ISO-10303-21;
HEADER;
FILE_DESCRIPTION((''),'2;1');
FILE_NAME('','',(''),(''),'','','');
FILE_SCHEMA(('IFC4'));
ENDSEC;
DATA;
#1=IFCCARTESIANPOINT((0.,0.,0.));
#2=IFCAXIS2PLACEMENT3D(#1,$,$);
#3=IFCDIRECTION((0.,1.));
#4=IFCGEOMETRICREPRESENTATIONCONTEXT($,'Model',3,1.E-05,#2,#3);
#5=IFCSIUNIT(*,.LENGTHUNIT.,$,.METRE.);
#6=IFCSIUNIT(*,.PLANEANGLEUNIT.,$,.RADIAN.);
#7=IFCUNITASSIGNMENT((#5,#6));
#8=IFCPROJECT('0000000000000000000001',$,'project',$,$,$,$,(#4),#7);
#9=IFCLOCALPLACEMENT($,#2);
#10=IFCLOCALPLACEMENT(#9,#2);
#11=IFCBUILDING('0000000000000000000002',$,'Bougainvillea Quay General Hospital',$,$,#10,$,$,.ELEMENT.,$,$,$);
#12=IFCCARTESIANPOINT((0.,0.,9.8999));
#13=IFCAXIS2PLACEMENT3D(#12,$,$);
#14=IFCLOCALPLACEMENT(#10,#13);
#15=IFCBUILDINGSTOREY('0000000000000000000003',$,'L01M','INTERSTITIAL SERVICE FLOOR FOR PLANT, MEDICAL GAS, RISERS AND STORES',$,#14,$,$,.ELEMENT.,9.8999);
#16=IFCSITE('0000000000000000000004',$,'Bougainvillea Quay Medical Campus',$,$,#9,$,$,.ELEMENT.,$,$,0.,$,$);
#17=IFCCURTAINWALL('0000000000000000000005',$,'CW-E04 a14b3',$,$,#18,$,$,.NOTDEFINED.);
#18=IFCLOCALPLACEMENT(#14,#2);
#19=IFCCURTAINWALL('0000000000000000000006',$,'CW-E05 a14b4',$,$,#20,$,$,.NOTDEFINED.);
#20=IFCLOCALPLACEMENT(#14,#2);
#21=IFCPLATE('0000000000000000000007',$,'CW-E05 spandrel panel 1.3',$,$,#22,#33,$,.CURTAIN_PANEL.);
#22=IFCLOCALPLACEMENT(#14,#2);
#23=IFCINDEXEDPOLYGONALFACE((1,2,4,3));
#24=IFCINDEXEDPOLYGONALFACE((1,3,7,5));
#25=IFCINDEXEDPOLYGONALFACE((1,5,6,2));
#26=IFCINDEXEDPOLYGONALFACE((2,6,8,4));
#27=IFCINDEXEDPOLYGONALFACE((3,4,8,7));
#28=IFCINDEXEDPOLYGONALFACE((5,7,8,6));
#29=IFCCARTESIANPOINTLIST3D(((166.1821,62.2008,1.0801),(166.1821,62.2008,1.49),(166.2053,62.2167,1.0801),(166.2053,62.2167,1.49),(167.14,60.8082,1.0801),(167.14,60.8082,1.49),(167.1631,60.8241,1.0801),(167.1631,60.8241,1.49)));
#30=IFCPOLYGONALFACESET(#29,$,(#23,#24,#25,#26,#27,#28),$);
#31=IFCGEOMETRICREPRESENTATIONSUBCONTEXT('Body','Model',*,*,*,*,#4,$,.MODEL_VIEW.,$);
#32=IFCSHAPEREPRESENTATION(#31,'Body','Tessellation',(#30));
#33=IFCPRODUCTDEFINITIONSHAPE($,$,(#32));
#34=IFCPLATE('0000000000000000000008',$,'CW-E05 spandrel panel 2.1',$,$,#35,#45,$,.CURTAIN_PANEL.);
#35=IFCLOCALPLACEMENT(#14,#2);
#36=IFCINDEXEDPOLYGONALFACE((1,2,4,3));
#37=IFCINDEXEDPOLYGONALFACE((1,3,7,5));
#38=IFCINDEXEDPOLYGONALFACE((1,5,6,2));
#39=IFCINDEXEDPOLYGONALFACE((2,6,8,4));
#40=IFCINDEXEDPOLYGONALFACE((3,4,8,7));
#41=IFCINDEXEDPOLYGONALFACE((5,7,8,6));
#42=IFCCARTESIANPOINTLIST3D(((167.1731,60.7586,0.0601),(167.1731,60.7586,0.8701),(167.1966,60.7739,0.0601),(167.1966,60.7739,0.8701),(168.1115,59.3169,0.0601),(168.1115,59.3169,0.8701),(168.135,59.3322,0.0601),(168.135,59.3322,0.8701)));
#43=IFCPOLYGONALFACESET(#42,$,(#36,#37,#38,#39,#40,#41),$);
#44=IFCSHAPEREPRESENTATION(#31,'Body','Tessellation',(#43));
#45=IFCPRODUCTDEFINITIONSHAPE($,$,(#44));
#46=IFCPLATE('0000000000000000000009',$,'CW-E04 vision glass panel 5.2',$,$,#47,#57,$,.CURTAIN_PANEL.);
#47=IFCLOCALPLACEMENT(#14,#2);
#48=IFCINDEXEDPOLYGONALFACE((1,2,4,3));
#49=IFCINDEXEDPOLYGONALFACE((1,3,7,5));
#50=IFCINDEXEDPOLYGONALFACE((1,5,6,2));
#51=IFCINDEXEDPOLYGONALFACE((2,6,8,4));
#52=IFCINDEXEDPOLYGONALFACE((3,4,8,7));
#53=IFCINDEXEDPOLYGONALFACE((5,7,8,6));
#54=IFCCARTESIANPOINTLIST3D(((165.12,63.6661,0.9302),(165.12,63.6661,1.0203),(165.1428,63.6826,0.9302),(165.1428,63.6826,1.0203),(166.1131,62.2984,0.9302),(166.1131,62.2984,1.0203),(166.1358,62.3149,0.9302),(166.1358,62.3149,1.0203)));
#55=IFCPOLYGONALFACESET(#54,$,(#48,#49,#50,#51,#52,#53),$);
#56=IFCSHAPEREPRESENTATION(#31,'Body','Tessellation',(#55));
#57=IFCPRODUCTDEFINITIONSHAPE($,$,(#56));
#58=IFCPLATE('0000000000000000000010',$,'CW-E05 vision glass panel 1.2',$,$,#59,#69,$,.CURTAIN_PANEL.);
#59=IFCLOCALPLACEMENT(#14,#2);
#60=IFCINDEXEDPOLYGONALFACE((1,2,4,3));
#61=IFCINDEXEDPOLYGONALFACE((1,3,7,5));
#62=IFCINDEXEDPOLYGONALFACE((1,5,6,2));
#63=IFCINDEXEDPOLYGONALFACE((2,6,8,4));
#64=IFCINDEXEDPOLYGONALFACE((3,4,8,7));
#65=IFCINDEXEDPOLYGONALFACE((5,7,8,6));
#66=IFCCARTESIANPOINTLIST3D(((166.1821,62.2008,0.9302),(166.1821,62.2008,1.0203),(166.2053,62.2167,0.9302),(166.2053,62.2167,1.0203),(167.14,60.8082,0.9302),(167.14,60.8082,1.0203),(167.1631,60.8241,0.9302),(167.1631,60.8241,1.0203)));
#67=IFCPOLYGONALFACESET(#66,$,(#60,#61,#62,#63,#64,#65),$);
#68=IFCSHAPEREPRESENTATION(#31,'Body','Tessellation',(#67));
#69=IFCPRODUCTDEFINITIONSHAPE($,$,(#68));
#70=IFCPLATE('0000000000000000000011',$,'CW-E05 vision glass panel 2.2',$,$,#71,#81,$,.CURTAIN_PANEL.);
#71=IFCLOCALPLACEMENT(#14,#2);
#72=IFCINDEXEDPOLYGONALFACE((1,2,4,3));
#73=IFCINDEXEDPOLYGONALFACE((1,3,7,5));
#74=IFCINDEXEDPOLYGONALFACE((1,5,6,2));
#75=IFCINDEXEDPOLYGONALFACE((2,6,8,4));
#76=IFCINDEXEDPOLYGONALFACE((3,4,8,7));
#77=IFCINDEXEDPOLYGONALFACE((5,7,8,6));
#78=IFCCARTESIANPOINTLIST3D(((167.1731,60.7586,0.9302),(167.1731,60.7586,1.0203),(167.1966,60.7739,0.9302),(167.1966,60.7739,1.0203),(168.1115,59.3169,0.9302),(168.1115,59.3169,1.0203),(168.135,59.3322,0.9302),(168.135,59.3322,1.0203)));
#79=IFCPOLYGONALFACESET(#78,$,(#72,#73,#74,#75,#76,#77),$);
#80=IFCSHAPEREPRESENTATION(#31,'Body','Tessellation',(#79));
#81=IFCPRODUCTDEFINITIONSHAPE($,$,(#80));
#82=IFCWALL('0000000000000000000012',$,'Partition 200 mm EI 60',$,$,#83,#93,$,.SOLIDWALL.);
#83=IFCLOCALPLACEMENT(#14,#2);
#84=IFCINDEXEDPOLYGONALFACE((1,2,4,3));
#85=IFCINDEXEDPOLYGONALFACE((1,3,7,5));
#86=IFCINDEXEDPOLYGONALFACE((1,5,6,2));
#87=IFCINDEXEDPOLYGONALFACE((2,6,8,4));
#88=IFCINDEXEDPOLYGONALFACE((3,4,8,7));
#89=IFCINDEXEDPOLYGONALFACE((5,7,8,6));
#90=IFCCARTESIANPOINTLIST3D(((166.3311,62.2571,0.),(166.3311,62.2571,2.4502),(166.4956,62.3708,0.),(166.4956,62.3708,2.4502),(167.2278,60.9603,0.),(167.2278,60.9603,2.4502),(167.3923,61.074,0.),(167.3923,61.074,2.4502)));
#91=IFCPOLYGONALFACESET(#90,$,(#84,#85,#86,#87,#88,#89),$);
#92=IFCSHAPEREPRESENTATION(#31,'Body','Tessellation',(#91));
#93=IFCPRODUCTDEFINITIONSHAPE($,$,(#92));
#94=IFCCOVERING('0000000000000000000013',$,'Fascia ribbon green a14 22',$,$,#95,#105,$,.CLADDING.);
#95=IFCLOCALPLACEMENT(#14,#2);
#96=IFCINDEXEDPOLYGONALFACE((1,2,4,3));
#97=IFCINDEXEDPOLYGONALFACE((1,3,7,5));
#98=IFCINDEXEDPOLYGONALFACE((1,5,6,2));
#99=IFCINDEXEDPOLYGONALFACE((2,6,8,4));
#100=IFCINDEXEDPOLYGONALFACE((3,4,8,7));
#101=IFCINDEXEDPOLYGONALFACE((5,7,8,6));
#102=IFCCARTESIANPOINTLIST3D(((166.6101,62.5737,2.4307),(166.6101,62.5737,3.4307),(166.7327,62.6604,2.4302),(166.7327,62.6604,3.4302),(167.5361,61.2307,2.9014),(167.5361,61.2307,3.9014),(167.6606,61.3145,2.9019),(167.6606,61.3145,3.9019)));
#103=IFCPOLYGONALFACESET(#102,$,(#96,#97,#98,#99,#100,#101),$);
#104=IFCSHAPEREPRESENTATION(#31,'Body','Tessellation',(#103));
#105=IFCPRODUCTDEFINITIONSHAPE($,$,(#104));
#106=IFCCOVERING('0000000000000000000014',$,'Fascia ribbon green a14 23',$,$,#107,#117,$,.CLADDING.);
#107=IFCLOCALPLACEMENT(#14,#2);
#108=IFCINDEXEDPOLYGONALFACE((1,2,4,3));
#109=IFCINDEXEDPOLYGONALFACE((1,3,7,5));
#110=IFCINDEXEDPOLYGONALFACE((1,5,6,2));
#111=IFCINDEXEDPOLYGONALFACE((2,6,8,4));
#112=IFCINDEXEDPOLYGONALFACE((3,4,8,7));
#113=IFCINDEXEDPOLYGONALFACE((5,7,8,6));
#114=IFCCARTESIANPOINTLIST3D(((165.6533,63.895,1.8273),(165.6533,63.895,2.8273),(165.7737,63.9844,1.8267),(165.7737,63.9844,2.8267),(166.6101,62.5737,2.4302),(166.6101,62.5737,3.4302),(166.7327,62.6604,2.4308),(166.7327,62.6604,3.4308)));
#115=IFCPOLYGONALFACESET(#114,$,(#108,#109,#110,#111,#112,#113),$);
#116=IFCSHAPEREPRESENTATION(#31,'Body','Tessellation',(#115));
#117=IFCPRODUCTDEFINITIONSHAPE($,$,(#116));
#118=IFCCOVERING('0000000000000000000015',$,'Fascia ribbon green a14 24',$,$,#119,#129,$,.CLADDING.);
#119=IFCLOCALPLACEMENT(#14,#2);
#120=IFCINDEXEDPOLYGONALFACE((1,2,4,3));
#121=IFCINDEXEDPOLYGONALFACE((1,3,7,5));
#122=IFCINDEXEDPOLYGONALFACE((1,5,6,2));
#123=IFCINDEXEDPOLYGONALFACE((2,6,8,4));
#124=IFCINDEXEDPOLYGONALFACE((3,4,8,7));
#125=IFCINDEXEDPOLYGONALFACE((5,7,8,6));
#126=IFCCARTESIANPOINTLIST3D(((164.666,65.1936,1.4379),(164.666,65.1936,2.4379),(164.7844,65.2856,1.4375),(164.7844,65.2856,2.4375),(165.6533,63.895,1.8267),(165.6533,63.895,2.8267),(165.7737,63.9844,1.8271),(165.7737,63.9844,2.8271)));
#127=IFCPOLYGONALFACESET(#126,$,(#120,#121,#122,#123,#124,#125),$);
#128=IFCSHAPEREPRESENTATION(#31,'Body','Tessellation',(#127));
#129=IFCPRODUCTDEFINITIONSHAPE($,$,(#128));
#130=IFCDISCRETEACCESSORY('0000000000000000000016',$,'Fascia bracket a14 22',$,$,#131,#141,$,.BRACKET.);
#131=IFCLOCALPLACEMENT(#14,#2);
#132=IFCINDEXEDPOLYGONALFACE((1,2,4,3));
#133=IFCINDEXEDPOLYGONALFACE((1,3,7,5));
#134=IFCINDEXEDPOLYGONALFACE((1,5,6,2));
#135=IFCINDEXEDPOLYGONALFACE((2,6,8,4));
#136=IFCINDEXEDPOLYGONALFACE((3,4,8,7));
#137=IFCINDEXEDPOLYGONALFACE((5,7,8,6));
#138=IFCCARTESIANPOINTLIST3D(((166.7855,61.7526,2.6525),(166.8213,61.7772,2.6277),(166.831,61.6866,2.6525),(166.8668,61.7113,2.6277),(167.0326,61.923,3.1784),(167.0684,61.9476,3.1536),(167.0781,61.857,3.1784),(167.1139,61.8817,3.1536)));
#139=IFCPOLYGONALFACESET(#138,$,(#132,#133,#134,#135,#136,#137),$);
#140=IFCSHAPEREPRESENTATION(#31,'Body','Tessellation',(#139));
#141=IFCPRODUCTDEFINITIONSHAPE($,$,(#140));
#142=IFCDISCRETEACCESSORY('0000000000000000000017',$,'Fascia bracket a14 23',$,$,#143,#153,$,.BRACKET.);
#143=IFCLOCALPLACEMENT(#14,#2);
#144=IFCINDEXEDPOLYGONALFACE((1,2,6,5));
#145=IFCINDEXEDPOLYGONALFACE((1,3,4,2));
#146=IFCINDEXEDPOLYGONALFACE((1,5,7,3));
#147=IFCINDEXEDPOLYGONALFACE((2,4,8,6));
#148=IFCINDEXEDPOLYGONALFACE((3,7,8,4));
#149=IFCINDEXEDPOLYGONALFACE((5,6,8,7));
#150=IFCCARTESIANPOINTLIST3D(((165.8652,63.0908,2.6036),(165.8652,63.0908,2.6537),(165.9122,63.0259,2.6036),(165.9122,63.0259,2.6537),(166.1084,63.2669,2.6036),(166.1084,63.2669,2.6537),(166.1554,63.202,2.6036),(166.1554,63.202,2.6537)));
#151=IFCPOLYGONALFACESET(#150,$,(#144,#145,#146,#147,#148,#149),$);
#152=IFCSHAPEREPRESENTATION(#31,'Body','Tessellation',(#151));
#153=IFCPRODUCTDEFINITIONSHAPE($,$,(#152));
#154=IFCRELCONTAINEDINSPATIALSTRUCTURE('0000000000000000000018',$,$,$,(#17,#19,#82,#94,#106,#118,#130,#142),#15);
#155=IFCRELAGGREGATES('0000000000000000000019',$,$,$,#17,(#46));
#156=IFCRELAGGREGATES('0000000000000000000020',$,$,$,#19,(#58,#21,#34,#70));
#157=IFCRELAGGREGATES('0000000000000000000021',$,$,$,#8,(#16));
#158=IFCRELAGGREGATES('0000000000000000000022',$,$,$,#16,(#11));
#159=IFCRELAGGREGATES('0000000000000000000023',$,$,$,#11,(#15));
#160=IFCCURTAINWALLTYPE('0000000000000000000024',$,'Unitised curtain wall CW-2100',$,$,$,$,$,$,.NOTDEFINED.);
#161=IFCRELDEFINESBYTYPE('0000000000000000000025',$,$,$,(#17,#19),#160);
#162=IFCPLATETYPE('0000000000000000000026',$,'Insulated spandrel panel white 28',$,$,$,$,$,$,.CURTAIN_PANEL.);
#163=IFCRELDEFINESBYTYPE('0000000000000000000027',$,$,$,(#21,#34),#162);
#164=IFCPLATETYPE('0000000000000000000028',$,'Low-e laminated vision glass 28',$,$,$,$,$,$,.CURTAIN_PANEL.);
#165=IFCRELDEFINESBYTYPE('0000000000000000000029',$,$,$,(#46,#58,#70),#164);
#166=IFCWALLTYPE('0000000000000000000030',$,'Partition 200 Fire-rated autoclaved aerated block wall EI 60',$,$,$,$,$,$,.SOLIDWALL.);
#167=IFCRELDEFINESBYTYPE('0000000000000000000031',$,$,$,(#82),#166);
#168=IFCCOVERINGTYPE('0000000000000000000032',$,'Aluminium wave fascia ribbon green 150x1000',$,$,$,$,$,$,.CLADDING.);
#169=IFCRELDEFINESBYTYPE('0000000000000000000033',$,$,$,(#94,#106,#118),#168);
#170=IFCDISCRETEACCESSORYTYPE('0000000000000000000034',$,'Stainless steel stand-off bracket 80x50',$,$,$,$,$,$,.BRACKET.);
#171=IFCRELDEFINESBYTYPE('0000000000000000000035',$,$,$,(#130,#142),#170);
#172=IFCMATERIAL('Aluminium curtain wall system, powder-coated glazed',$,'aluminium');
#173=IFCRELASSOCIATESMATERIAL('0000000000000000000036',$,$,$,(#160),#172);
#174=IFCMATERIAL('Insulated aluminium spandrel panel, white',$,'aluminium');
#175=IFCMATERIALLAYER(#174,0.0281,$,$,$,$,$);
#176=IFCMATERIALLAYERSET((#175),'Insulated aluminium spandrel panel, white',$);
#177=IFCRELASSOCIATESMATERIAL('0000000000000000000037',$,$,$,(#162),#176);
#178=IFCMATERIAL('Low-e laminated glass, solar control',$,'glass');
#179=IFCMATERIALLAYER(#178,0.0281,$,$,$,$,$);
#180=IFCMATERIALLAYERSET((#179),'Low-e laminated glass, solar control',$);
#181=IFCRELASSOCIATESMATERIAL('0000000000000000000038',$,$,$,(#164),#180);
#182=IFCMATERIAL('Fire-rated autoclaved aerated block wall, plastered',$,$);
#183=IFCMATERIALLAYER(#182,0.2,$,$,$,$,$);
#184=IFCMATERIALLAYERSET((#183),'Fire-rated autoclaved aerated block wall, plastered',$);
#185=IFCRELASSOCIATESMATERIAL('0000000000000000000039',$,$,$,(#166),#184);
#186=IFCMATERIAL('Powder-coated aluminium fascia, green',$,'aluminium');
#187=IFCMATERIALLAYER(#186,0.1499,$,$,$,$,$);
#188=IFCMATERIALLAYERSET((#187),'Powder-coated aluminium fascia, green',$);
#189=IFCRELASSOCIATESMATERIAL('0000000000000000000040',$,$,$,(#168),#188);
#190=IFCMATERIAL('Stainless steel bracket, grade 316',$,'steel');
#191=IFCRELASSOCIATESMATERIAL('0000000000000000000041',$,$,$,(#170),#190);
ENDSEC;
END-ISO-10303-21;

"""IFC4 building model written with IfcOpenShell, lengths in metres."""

from ifc_helpers import new_model, si_unit, direction, frame, frame_2d, origin, origin_2d, place, context, subcontext, project, spatial, polyline, rectangle, outline, extrude, material, layer, layer_set, material_profile, profile_set, type_object, element, aggregate, save


model = new_model("IFC4")

# Units and contexts
model_context = context("Model", 3, precision=1e-05, world=origin(), true_north=direction((0.0, 1.0)))
body_context = subcontext(model_context, "Body", "Model", "MODEL_VIEW")
ifc_project = project(units=[si_unit("LENGTHUNIT", "METRE"), si_unit("PLANEANGLEUNIT", "RADIAN")], contexts=[model_context])

# Site, building, storey
site_placement = place(None, origin())
site = spatial("IfcSite", under=ifc_project, at=site_placement, Name="Bougainvillea Quay Medical Campus", CompositionType="ELEMENT", RefElevation=0.0)
building_placement = place(site_placement, origin())
building = spatial("IfcBuilding", under=site, at=building_placement, Name="Bougainvillea Quay General Hospital", CompositionType="ELEMENT")
storey_placement = place(building_placement, frame((0.0, 0.0, 9.8999)))
storey = spatial("IfcBuildingStorey", under=building, at=storey_placement, Name="L01M", Description="INTERSTITIAL SERVICE FLOOR FOR PLANT, MEDICAL GAS, RISERS AND STORES", CompositionType="ELEMENT", Elevation=9.8999)

# Curtain wall
ifc_material_1 = material(Name="Aluminium curtain wall system, powder-coated glazed", Category="aluminium")
curtain_wall_type = type_object("IfcCurtainWallType", Name="Unitised curtain wall CW-2100", PredefinedType="NOTDEFINED", material=ifc_material_1)
curtain_wall_1_placement = place(storey_placement, origin())
curtain_wall_1 = element("IfcCurtainWall", 1, at=curtain_wall_1_placement, inside=storey, type_object=curtain_wall_type, Name="CW-E04 a14b3", PredefinedType="NOTDEFINED")

# Curtain wall
curtain_wall_2_placement = place(storey_placement, origin())
curtain_wall_2 = element("IfcCurtainWall", 2, at=curtain_wall_2_placement, inside=storey, type_object=curtain_wall_type, Name="CW-E05 a14b4", PredefinedType="NOTDEFINED")

# Plates
ifc_material_2 = material(Name="Insulated aluminium spandrel panel, white", Category="aluminium")
ifc_layer_1 = layer(ifc_material_2, 0.0281)
ifc_layer_set_1 = layer_set([ifc_layer_1], Name="Insulated aluminium spandrel panel, white")
plate_type_1 = type_object("IfcPlateType", Name="Insulated spandrel panel white 28", PredefinedType="CURTAIN_PANEL", material=ifc_layer_set_1)
plate_1_placement = place(storey_placement, frame((166.6726, 61.5125, 1.0801), z_axis=(0.0, 0.0, 1.0), x_axis=(0.566705, -0.823921, 0.0)))
plate_1 = element("IfcPlate", 3, at=plate_1_placement, type_object=plate_type_1, Name="CW-E05 spandrel panel 1.3", PredefinedType="CURTAIN_PANEL", context=body_context, shape_type="SweptSolid", body=[
    extrude(rectangle(XDim=1.6902, YDim=0.0281, at=origin_2d()), origin(), (0.0, 0.0, 1.0), 0.4099),
])
plate_2_placement = place(storey_placement, frame((167.6541, 60.0454, 0.0601), z_axis=(0.0, 0.0, 1.0), x_axis=(0.545494, -0.838115, 0.0)))
plate_2 = element("IfcPlate", 4, at=plate_2_placement, type_object=plate_type_1, Name="CW-E05 spandrel panel 2.1", PredefinedType="CURTAIN_PANEL", context=body_context, shape_type="SweptSolid", body=[
    extrude(rectangle(XDim=1.7202, YDim=0.0281, at=origin_2d()), origin(), (0.0, 0.0, 1.0), 0.8101),
])
ifc_material_3 = material(Name="Low-e laminated glass, solar control", Category="glass")
ifc_layer_2 = layer(ifc_material_3, 0.0281)
ifc_layer_set_2 = layer_set([ifc_layer_2], Name="Low-e laminated glass, solar control")
plate_type_2 = type_object("IfcPlateType", Name="Low-e laminated vision glass 28", PredefinedType="CURTAIN_PANEL", material=ifc_layer_set_2)
plate_3_placement = place(storey_placement, frame((165.6279, 62.9905, 0.9302), z_axis=(0.0, 0.0, 1.0), x_axis=(0.587548, -0.809189, 0.0)))
plate_3 = element("IfcPlate", 5, at=plate_3_placement, type_object=plate_type_2, Name="CW-E04 vision glass panel 5.2", PredefinedType="CURTAIN_PANEL", context=body_context, shape_type="SweptSolid", body=[
    extrude(rectangle(XDim=1.6902, YDim=0.0281, at=origin_2d()), origin(), (0.0, 0.0, 1.0), 0.0901),
])
aggregate(curtain_wall_1, [plate_3])
plate_4_placement = place(storey_placement, frame((166.6726, 61.5125, 0.9302), z_axis=(0.0, 0.0, 1.0), x_axis=(0.566705, -0.823921, 0.0)))
plate_4 = element("IfcPlate", 6, at=plate_4_placement, type_object=plate_type_2, Name="CW-E05 vision glass panel 1.2", PredefinedType="CURTAIN_PANEL", context=body_context, shape_type="SweptSolid", body=[
    extrude(rectangle(XDim=1.6902, YDim=0.0281, at=origin_2d()), origin(), (0.0, 0.0, 1.0), 0.0901),
])
plate_5_placement = place(storey_placement, frame((167.6541, 60.0454, 0.9302), z_axis=(0.0, 0.0, 1.0), x_axis=(0.545494, -0.838115, 0.0)))
plate_5 = element("IfcPlate", 7, at=plate_5_placement, type_object=plate_type_2, Name="CW-E05 vision glass panel 2.2", PredefinedType="CURTAIN_PANEL", context=body_context, shape_type="SweptSolid", body=[
    extrude(rectangle(XDim=1.7202, YDim=0.0281, at=origin_2d()), origin(), (0.0, 0.0, 1.0), 0.0901),
])
aggregate(curtain_wall_2, [plate_4, plate_1, plate_2, plate_5])

# Wall
ifc_material_4 = material(Name="Fire-rated autoclaved aerated block wall, plastered")
ifc_layer_3 = layer(ifc_material_4, 0.2)
ifc_layer_set_3 = layer_set([ifc_layer_3], Name="Fire-rated autoclaved aerated block wall, plastered")
wall_type = type_object("IfcWallType", Name="Partition 200 Fire-rated autoclaved aerated block wall EI 60", PredefinedType="SOLIDWALL", material=ifc_layer_set_3)
wall_placement = place(storey_placement, frame((166.4133, 62.314, 0.0), z_axis=(0.0, 0.0, 1.0), x_axis=(0.568735, -0.822521, 0.0)))
element("IfcWall", 8, at=wall_placement, inside=storey, type_object=wall_type, Name="Partition 200 mm EI 60", PredefinedType="SOLIDWALL", context=body_context, shape_type="SweptSolid", body=[
    extrude(rectangle(XDim=1.5767, YDim=0.2, at=frame_2d((0.7883, 0.0))), origin(), (0.0, 0.0, 1.0), 2.4502),
])

# Coverings
ifc_material_5 = material(Name="Powder-coated aluminium fascia, green", Category="aluminium")
ifc_layer_4 = layer(ifc_material_5, 0.1499)
ifc_layer_set_4 = layer_set([ifc_layer_4], Name="Powder-coated aluminium fascia, green")
covering_type = type_object("IfcCoveringType", Name="Aluminium wave fascia ribbon green 150x1000", PredefinedType="CLADDING", material=ifc_layer_set_4)
covering_1_placement = place(storey_placement, frame((167.5361, 61.2307, 2.9014), z_axis=(-0.157397, 0.228204, 0.960806), x_axis=(-0.545404, 0.791001, -0.27722)))
element("IfcCovering", 9, at=covering_1_placement, inside=storey, type_object=covering_type, Name="Fascia ribbon green a14 22", PredefinedType="CLADDING", context=body_context, shape_type="SweptSolid", body=[
    extrude(outline(polyline([(0.0, 0.0), (1.6979, 0.0), (1.6997, -0.1501), (-0.0018, -0.15), (0.0, 0.0)])), origin(), (-0.27722, -0.000038, 0.960806), 1.0),
])
covering_2_placement = place(storey_placement, frame((166.6101, 62.5737, 2.4302), z_axis=(-0.203401, 0.280698, 0.937996), x_axis=(-0.550141, 0.759725, -0.346646)))
element("IfcCovering", 10, at=covering_2_placement, inside=storey, type_object=covering_type, Name="Fascia ribbon green a14 23", PredefinedType="CLADDING", context=body_context, shape_type="SweptSolid", body=[
    extrude(outline(polyline([(0.0, 0.0), (1.7391, 0.0), (1.7411, -0.1499), (-0.0018, -0.1501), (0.0, 0.0)])), origin(), (-0.346646, -0.000105, 0.937996), 1.0),
])
covering_3_placement = place(storey_placement, frame((165.6533, 63.895, 1.8267), z_axis=(-0.14024, 0.184596, 0.972757), x_axis=(-0.588743, 0.774363, -0.231826)))
element("IfcCovering", 11, at=covering_3_placement, inside=storey, type_object=covering_type, Name="Fascia ribbon green a14 24", PredefinedType="CLADDING", context=body_context, shape_type="SweptSolid", body=[
    extrude(outline(polyline([(0.0, 0.0), (1.6769, 0.0), (1.6786, -0.15), (-0.0018, -0.1499), (0.0, 0.0)])), origin(), (-0.231826, 0.000083, 0.972757), 1.0),
])

# Discrete accessories
ifc_material_6 = material(Name="Stainless steel bracket, grade 316", Category="steel")
ifc_material_profile_1 = material_profile(ifc_material_6, rectangle(XDim=0.0801, YDim=0.05, at=origin_2d()))
ifc_profile_set_1 = profile_set([ifc_material_profile_1], Name="Stainless steel bracket, grade 316")
discrete_accessory_type = type_object("IfcDiscreteAccessoryType", Name="Stainless steel stand-off bracket 80x50", PredefinedType="BRACKET", material=ifc_profile_set_1)
discrete_accessory_1_placement = place(storey_placement, frame((166.8262, 61.7319, 2.6401), z_axis=(0.408042, 0.281436, 0.868502), x_axis=(-0.567771, 0.823187, 0.0)))
element("IfcDiscreteAccessory", 12, at=discrete_accessory_1_placement, inside=storey, type_object=discrete_accessory_type, Name="Fascia bracket a14 22", PredefinedType="BRACKET", context=body_context, shape_type="SweptSolid", body=[
    extrude(rectangle(XDim=0.0801, YDim=0.05, at=origin_2d()), origin(), (0.0, 0.0, 1.0), 0.6055),
])
discrete_accessory_2_placement = place(storey_placement, frame((165.8887, 63.0583, 2.6287), z_axis=(0.810035, 0.586381, 0.0), x_axis=(-0.586381, 0.810035, 0.0)))
element("IfcDiscreteAccessory", 13, at=discrete_accessory_2_placement, inside=storey, type_object=discrete_accessory_type, Name="Fascia bracket a14 23", PredefinedType="BRACKET", context=body_context, shape_type="SweptSolid", body=[
    extrude(rectangle(XDim=0.0801, YDim=0.05, at=origin_2d()), origin(), (0.0, 0.0, 1.0), 0.3003),
])

save(model, "model.ifc")
